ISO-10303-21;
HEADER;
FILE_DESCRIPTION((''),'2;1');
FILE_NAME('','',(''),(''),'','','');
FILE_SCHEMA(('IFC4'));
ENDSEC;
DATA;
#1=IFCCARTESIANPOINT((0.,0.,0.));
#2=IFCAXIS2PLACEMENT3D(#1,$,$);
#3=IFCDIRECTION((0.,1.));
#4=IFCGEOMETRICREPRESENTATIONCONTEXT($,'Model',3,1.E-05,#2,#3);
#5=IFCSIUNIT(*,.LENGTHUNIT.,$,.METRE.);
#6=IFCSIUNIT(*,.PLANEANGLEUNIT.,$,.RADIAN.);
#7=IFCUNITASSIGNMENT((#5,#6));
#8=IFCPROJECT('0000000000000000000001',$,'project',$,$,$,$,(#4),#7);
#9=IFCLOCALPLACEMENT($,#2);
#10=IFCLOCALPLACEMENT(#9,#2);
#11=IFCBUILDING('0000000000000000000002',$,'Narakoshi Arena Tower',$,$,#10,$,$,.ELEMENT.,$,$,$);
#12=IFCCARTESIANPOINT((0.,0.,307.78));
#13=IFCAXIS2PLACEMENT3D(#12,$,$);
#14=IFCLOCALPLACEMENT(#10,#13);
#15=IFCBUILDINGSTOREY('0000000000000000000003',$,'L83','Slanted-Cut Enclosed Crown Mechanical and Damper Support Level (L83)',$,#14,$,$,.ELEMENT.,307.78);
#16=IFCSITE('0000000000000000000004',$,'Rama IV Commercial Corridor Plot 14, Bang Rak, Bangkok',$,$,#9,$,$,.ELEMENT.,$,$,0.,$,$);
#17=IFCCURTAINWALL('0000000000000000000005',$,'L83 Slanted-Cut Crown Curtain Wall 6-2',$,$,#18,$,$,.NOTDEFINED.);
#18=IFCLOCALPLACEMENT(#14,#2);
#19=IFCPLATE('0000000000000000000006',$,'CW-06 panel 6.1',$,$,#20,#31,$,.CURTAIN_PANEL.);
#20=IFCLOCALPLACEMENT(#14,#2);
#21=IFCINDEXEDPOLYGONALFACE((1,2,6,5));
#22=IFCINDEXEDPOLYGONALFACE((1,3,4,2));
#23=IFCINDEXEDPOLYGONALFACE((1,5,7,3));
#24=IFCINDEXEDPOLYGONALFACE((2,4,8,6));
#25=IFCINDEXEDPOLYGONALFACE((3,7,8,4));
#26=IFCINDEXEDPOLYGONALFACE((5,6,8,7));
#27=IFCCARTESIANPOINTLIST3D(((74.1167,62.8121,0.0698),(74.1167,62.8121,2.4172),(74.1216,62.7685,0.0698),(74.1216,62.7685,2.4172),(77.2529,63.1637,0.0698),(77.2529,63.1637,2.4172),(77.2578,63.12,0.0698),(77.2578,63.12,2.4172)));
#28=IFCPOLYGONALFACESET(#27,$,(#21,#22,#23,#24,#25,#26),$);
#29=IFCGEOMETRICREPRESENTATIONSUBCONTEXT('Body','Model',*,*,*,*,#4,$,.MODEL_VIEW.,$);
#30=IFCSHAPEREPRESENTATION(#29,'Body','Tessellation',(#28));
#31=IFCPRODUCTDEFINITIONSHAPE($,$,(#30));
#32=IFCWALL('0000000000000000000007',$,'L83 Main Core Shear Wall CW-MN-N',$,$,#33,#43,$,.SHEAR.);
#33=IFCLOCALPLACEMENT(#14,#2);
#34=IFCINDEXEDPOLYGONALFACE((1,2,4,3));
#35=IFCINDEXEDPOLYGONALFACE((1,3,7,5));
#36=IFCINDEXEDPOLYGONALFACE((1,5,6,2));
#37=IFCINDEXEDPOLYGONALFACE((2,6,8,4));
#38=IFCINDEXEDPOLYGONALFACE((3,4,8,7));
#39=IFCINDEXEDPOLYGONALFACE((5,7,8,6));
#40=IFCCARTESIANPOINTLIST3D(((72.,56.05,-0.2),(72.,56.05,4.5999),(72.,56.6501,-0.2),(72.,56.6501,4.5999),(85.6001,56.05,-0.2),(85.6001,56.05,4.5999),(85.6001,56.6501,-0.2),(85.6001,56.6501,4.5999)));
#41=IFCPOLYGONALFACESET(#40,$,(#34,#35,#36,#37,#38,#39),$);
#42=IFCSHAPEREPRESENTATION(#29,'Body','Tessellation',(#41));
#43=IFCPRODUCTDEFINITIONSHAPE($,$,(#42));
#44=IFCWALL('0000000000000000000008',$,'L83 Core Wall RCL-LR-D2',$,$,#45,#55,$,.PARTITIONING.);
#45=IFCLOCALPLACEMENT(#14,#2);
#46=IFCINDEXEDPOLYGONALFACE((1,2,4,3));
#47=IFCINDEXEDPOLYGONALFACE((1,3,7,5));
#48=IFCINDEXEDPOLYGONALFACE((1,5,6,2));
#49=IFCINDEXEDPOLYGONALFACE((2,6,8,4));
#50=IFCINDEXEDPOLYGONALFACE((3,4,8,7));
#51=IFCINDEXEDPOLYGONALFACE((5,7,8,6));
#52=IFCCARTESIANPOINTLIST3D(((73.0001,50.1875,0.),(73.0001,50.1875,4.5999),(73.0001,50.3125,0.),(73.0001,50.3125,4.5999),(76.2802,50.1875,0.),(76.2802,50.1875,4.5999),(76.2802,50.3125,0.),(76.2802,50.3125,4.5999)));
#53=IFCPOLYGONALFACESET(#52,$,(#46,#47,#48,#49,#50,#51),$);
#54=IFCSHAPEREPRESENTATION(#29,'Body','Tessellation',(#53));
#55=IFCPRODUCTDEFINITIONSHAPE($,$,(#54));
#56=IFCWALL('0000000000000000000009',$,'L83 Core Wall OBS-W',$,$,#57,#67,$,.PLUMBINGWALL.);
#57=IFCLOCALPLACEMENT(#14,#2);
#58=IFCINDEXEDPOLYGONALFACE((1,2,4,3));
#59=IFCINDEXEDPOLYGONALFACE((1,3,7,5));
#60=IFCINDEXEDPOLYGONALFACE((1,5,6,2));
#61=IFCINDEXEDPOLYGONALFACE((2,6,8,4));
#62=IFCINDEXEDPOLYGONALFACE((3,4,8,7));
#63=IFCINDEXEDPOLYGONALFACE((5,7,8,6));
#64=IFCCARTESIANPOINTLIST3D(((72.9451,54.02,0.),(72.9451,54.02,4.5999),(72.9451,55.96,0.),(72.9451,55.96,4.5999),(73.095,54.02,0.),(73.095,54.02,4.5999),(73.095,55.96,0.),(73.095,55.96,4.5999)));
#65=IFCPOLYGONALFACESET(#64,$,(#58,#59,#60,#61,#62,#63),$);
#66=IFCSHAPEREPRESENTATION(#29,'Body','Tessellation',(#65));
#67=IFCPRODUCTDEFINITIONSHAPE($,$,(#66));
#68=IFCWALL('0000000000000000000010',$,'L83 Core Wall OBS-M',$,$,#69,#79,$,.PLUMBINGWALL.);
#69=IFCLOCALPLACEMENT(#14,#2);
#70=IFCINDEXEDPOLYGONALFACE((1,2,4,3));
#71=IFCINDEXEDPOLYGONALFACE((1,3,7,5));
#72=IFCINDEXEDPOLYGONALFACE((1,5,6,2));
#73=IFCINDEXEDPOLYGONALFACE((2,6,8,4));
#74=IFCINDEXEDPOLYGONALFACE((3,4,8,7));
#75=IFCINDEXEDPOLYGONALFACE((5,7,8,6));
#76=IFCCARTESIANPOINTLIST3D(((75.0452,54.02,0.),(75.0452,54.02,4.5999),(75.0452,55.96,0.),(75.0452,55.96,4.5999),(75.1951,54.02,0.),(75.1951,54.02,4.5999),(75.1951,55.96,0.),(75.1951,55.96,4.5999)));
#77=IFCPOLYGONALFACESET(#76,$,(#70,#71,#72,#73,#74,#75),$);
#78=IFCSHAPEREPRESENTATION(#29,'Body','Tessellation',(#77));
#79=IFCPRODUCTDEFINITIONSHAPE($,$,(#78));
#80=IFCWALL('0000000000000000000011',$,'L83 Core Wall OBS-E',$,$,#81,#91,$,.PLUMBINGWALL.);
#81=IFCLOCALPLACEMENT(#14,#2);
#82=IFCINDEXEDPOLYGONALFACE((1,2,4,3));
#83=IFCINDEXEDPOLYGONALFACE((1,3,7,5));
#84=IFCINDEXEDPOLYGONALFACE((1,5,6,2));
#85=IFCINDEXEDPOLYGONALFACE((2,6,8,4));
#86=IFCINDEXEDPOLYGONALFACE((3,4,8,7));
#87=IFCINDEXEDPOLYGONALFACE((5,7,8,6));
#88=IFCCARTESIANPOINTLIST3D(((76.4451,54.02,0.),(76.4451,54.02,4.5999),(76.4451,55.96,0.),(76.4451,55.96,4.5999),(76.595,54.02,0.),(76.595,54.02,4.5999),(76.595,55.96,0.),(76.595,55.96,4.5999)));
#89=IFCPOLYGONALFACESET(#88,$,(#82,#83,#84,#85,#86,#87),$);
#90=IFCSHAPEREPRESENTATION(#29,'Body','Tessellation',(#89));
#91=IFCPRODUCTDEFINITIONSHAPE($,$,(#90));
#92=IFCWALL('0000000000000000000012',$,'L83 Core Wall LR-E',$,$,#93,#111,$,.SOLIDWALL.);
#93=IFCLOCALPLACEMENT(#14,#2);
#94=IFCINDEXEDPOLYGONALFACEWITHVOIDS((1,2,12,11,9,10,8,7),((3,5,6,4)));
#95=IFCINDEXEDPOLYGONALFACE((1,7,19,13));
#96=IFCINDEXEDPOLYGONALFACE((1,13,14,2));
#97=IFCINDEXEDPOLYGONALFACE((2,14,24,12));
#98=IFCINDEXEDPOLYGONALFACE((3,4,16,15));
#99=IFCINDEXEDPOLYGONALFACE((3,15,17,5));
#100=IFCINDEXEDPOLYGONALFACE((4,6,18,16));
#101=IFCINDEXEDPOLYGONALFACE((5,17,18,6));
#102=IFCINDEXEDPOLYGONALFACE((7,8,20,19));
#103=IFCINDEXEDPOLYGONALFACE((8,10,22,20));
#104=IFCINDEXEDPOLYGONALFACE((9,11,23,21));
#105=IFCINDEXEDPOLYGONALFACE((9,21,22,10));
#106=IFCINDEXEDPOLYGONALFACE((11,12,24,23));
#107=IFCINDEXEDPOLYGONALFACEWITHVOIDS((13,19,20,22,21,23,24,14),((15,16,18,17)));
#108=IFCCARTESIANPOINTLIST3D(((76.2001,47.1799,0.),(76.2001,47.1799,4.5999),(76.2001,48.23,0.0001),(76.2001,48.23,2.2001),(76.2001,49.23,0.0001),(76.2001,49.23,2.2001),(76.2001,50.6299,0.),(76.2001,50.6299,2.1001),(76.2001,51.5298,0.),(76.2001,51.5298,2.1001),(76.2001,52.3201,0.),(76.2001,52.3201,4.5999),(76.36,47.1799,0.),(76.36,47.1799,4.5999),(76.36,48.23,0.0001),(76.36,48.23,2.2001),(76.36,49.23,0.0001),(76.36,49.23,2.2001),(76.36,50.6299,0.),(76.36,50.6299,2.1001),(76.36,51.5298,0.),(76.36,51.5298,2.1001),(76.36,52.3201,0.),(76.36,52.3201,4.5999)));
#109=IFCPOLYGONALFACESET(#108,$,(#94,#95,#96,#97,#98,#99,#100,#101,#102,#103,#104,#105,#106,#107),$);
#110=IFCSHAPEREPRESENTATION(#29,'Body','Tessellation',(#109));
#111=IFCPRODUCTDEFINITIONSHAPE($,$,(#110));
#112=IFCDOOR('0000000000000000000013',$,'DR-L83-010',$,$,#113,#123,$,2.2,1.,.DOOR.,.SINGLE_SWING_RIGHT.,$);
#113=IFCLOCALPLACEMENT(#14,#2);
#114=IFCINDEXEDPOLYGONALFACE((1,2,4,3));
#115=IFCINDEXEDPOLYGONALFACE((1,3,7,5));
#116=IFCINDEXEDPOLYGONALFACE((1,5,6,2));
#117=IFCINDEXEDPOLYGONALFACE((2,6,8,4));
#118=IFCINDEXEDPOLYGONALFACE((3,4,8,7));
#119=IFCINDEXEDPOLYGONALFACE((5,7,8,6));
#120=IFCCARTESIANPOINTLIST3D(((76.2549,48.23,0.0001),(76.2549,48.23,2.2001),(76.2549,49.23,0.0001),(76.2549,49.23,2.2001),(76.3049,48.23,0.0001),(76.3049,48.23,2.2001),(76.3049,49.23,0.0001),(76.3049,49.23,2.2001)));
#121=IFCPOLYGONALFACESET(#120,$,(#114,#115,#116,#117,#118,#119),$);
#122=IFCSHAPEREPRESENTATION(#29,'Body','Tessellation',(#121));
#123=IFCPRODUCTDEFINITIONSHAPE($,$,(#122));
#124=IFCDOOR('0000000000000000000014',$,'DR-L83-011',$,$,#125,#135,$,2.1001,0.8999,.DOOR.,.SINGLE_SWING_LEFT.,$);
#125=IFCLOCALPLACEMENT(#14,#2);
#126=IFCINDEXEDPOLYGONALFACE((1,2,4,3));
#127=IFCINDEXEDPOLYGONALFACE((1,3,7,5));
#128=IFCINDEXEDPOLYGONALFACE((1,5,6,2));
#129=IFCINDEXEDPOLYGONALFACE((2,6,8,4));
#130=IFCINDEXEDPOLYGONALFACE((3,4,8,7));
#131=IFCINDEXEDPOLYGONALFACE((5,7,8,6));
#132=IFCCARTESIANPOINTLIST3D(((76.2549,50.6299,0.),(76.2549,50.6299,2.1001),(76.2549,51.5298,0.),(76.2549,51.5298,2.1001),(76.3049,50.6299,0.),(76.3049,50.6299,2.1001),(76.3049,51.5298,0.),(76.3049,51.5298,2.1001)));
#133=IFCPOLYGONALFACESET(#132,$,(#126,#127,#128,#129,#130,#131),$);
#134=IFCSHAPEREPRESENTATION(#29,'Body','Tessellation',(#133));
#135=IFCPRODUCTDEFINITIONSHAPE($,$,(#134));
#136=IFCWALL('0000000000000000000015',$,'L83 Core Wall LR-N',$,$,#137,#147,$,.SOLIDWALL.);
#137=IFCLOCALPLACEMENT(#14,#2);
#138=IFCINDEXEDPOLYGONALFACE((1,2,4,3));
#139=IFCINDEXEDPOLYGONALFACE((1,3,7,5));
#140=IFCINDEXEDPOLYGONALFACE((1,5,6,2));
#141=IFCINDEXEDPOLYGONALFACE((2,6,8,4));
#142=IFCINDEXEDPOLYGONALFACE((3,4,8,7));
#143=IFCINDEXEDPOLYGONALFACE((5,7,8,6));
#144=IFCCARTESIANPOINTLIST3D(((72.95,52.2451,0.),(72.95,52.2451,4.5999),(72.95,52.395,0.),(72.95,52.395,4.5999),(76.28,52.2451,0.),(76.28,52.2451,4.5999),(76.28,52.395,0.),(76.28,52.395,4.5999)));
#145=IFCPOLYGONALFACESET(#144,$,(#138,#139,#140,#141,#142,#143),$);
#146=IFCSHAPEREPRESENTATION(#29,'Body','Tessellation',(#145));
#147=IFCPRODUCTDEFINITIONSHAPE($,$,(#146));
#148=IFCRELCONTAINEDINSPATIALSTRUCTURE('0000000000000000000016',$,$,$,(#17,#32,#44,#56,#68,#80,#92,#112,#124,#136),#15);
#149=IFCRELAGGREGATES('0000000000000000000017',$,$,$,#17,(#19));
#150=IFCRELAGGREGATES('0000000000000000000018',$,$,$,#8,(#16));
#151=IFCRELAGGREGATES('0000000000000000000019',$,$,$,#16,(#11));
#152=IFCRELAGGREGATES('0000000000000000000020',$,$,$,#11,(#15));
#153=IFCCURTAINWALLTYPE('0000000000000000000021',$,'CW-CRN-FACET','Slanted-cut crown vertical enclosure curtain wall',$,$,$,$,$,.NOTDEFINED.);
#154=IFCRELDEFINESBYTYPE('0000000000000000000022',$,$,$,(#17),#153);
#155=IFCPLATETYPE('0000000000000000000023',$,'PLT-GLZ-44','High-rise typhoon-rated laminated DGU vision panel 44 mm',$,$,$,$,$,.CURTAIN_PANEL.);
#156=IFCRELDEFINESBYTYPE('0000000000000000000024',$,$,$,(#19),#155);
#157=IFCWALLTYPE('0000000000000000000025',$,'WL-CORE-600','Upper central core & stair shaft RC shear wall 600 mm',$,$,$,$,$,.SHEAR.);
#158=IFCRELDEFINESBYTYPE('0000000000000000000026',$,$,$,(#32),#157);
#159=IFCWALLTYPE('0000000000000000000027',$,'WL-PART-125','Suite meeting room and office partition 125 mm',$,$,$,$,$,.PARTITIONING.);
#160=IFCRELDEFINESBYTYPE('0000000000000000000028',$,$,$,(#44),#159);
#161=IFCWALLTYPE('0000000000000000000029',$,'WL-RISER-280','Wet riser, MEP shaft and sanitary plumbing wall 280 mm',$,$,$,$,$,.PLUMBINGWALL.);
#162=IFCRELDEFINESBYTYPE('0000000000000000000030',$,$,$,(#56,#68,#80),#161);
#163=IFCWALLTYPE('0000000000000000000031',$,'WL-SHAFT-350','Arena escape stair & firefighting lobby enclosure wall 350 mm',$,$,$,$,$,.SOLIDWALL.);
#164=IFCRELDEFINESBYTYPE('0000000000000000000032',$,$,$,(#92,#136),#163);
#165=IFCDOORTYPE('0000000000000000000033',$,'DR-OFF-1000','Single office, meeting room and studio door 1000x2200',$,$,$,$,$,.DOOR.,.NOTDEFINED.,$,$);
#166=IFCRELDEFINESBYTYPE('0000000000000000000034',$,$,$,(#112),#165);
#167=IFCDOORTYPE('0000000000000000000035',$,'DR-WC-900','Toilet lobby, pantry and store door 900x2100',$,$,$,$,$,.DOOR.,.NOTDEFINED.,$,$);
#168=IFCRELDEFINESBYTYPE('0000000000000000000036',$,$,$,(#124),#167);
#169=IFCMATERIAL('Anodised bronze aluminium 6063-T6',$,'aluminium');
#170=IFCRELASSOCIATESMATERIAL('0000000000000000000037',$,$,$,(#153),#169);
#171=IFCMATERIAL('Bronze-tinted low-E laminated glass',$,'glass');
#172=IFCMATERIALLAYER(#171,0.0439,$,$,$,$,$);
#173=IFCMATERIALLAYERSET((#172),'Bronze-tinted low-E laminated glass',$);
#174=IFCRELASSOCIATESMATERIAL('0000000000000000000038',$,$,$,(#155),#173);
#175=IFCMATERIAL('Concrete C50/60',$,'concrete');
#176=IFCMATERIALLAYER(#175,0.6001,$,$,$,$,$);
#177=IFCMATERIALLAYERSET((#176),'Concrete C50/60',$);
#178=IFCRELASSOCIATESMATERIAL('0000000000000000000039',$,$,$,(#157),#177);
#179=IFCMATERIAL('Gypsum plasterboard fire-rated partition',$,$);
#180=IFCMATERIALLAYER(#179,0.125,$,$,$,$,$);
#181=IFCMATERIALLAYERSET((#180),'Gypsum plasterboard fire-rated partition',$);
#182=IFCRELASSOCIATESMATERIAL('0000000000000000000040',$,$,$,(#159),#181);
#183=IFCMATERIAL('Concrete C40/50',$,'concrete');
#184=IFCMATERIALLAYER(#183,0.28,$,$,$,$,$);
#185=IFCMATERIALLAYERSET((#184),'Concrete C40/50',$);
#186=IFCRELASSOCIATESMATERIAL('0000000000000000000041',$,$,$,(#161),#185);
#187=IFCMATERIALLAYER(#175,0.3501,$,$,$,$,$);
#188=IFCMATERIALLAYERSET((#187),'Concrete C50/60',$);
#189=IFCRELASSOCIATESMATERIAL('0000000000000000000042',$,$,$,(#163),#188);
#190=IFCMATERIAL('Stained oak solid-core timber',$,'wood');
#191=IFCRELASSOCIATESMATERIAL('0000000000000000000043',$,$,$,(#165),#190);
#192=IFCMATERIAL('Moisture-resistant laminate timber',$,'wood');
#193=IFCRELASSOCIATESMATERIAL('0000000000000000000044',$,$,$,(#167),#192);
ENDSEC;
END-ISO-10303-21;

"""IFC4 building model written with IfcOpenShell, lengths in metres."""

from ifc_helpers import new_model, si_unit, direction, frame, frame_2d, origin, origin_2d, place, context, subcontext, project, spatial, rectangle, extrude, material, layer, layer_set, type_object, element, fill, aggregate, save


model = new_model("IFC4")

# Units and contexts
model_context = context("Model", 3, precision=1e-05, world=origin(), true_north=direction((0.0, 1.0)))
body_context = subcontext(model_context, "Body", "Model", "MODEL_VIEW")
ifc_project = project(units=[si_unit("LENGTHUNIT", "METRE"), si_unit("PLANEANGLEUNIT", "RADIAN")], contexts=[model_context])

# Site, building, storey
site_placement = place(None, origin())
site = spatial("IfcSite", under=ifc_project, at=site_placement, Name="Rama IV Commercial Corridor Plot 14, Bang Rak, Bangkok", CompositionType="ELEMENT", RefElevation=0.0)
building_placement = place(site_placement, origin())
building = spatial("IfcBuilding", under=site, at=building_placement, Name="Narakoshi Arena Tower", CompositionType="ELEMENT")
storey_placement = place(building_placement, frame((0.0, 0.0, 307.78)))
storey = spatial("IfcBuildingStorey", under=building, at=storey_placement, Name="L83", Description="Slanted-Cut Enclosed Crown Mechanical and Damper Support Level (L83)", CompositionType="ELEMENT", Elevation=307.78)

# Curtain wall, plate
ifc_material_1 = material(Name="Anodised bronze aluminium 6063-T6", Category="aluminium")
curtain_wall_type = type_object("IfcCurtainWallType", Name="CW-CRN-FACET", Description="Slanted-cut crown vertical enclosure curtain wall", PredefinedType="NOTDEFINED", material=ifc_material_1)
curtain_wall_placement = place(storey_placement, origin())
curtain_wall = element("IfcCurtainWall", 1, at=curtain_wall_placement, inside=storey, type_object=curtain_wall_type, Name="L83 Slanted-Cut Crown Curtain Wall 6-2", PredefinedType="NOTDEFINED")
ifc_material_2 = material(Name="Bronze-tinted low-E laminated glass", Category="glass")
ifc_layer_1 = layer(ifc_material_2, 0.0439)
ifc_layer_set_1 = layer_set([ifc_layer_1], Name="Bronze-tinted low-E laminated glass")
plate_type = type_object("IfcPlateType", Name="PLT-GLZ-44", Description="High-rise typhoon-rated laminated DGU vision panel 44 mm", PredefinedType="CURTAIN_PANEL", material=ifc_layer_set_1)
plate_1_placement = place(storey_placement, frame((75.6873, 62.9661, 0.0698), z_axis=(0.0, 0.0, 1.0), x_axis=(0.993776, 0.111395, 0.0)))
plate_1 = element("IfcPlate", 2, at=plate_1_placement, type_object=plate_type, Name="CW-06 panel 6.1", PredefinedType="CURTAIN_PANEL", context=body_context, shape_type="SweptSolid", body=[
    extrude(rectangle(XDim=3.1558, YDim=0.0439, at=origin_2d()), origin(), (0.0, 0.0, 1.0), 2.3474),
])
aggregate(curtain_wall, [plate_1])

# Walls
ifc_material_3 = material(Name="Concrete C50/60", Category="concrete")
ifc_layer_2 = layer(ifc_material_3, 0.6001)
ifc_layer_set_2 = layer_set([ifc_layer_2], Name="Concrete C50/60")
wall_type_1 = type_object("IfcWallType", Name="WL-CORE-600", Description="Upper central core & stair shaft RC shear wall 600 mm", PredefinedType="SHEAR", material=ifc_layer_set_2)
wall_1_placement = place(storey_placement, frame((72.0, 56.3501, -0.2), z_axis=(0.0, 0.0, 1.0), x_axis=(1.0, 0.0, 0.0)))
element("IfcWall", 3, at=wall_1_placement, inside=storey, type_object=wall_type_1, Name="L83 Main Core Shear Wall CW-MN-N", PredefinedType="SHEAR", context=body_context, shape_type="SweptSolid", body=[
    extrude(rectangle(XDim=13.6001, YDim=0.6001, at=frame_2d((6.8, 0.0))), origin(), (0.0, 0.0, 1.0), 4.7998),
])
ifc_material_4 = material(Name="Gypsum plasterboard fire-rated partition")
ifc_layer_3 = layer(ifc_material_4, 0.125)
ifc_layer_set_3 = layer_set([ifc_layer_3], Name="Gypsum plasterboard fire-rated partition")
wall_type_2 = type_object("IfcWallType", Name="WL-PART-125", Description="Suite meeting room and office partition 125 mm", PredefinedType="PARTITIONING", material=ifc_layer_set_3)
wall_2_placement = place(storey_placement, frame((73.0, 50.25, 0.0), z_axis=(0.0, 0.0, 1.0), x_axis=(1.0, 0.0, 0.0)))
element("IfcWall", 4, at=wall_2_placement, inside=storey, type_object=wall_type_2, Name="L83 Core Wall RCL-LR-D2", PredefinedType="PARTITIONING", context=body_context, shape_type="SweptSolid", body=[
    extrude(rectangle(XDim=3.28, YDim=0.125, at=frame_2d((1.6401, 0.0))), origin(), (0.0, 0.0, 1.0), 4.5999),
])
ifc_material_5 = material(Name="Concrete C40/50", Category="concrete")
ifc_layer_4 = layer(ifc_material_5, 0.28)
ifc_layer_set_4 = layer_set([ifc_layer_4], Name="Concrete C40/50")
wall_type_3 = type_object("IfcWallType", Name="WL-RISER-280", Description="Wet riser, MEP shaft and sanitary plumbing wall 280 mm", PredefinedType="PLUMBINGWALL", material=ifc_layer_set_4)
for number, where, z_axis, x_axis, name in (
    (5, (73.02, 54.02, 0.0), (0.0, 0.0, 1.0), (0.0, 1.0, 0.0), "L83 Core Wall OBS-W"),
    (6, (75.1201, 54.02, 0.0), (0.0, 0.0, 1.0), (0.0, 1.0, 0.0), "L83 Core Wall OBS-M"),
    (7, (76.52, 54.02, 0.0), (0.0, 0.0, 1.0), (0.0, 1.0, 0.0), "L83 Core Wall OBS-E"),
):
    element("IfcWall", number, at=place(storey_placement, frame(where, z_axis=z_axis, x_axis=x_axis)), inside=storey, type_object=wall_type_3, Name=name, PredefinedType="PLUMBINGWALL", context=body_context, shape_type="SweptSolid", body=[
        extrude(rectangle(XDim=1.9399, YDim=0.1499, at=frame_2d((0.97, 0.0))), origin(), (0.0, 0.0, 1.0), 4.5999),
    ])

# Wall, openings, doors
ifc_layer_5 = layer(ifc_material_3, 0.3501)
ifc_layer_set_5 = layer_set([ifc_layer_5], Name="Concrete C50/60")
wall_type_4 = type_object("IfcWallType", Name="WL-SHAFT-350", Description="Arena escape stair & firefighting lobby enclosure wall 350 mm", PredefinedType="SOLIDWALL", material=ifc_layer_set_5)
wall_3_placement = place(storey_placement, frame((76.28, 47.1799, 0.0), z_axis=(0.0, 0.0, 1.0), x_axis=(0.0, 1.0, 0.0)))
wall_3 = element("IfcWall", 8, at=wall_3_placement, inside=storey, type_object=wall_type_4, Name="L83 Core Wall LR-E", PredefinedType="SOLIDWALL", context=body_context, shape_type="SweptSolid", body=[
    extrude(rectangle(XDim=5.1401, YDim=0.1599, at=frame_2d((2.5701, 0.0))), origin(), (0.0, 0.0, 1.0), 4.5999),
])
opening_1_placement = place(wall_3_placement, frame((1.05, 0.0, 0.0)))
opening_1 = element("IfcOpeningElement", 9, at=opening_1_placement, cuts=wall_3, PredefinedType="OPENING", context=body_context, shape_type="SweptSolid", body=[
    extrude(rectangle(XDim=1.0, YDim=2.2, at=frame_2d((0.5, 1.1001))), frame((0.0, 0.0898, 0.0), z_axis=(0.0, -1.0, 0.0), x_axis=(1.0, 0.0, 0.0)), (0.0, 0.0, 1.0), 0.1799),
])
opening_2_placement = place(wall_3_placement, frame((3.45, 0.0, 0.0)))
opening_2 = element("IfcOpeningElement", 10, at=opening_2_placement, cuts=wall_3, PredefinedType="OPENING", context=body_context, shape_type="SweptSolid", body=[
    extrude(rectangle(XDim=0.8999, YDim=2.1001, at=frame_2d((0.45, 1.05))), frame((0.0, 0.0898, 0.0), z_axis=(0.0, -1.0, 0.0), x_axis=(1.0, 0.0, 0.0)), (0.0, 0.0, 1.0), 0.1799),
])
ifc_material_6 = material(Name="Stained oak solid-core timber", Category="wood")
door_type_1 = type_object("IfcDoorType", Name="DR-OFF-1000", Description="Single office, meeting room and studio door 1000x2200", OperationType="NOTDEFINED", PredefinedType="DOOR", material=ifc_material_6)
door_1_placement = place(opening_1_placement, frame((1.0, 0.0, 0.0), z_axis=(0.0, 0.0, 1.0), x_axis=(-1.0, 0.0, 0.0)))
door_1 = element("IfcDoor", 11, at=door_1_placement, inside=storey, type_object=door_type_1, Name="DR-L83-010", OperationType="SINGLE_SWING_RIGHT", OverallHeight=2.2, OverallWidth=1.0, PredefinedType="DOOR", context=body_context, shape_type="SweptSolid", body=[
    extrude(rectangle(XDim=1.0, YDim=2.2, at=frame_2d((0.5, 1.1001))), frame((0.0, 0.0249, 0.0), z_axis=(0.0, -1.0, 0.0), x_axis=(1.0, 0.0, 0.0)), (0.0, 0.0, 1.0), 0.05),
])
fill(opening_1, door_1)
ifc_material_7 = material(Name="Moisture-resistant laminate timber", Category="wood")
door_type_2 = type_object("IfcDoorType", Name="DR-WC-900", Description="Toilet lobby, pantry and store door 900x2100", OperationType="NOTDEFINED", PredefinedType="DOOR", material=ifc_material_7)
door_2_placement = place(opening_2_placement, frame((0.8999, 0.0, 0.0), z_axis=(0.0, 0.0, 1.0), x_axis=(-1.0, 0.0, 0.0)))
door_2 = element("IfcDoor", 12, at=door_2_placement, inside=storey, type_object=door_type_2, Name="DR-L83-011", OperationType="SINGLE_SWING_LEFT", OverallHeight=2.1001, OverallWidth=0.8999, PredefinedType="DOOR", context=body_context, shape_type="SweptSolid", body=[
    extrude(rectangle(XDim=0.8999, YDim=2.1001, at=frame_2d((0.45, 1.05))), frame((0.0, 0.0249, 0.0), z_axis=(0.0, -1.0, 0.0), x_axis=(1.0, 0.0, 0.0)), (0.0, 0.0, 1.0), 0.05),
])
fill(opening_2, door_2)

# Wall
wall_4_placement = place(storey_placement, frame((72.95, 52.3201, 0.0), z_axis=(0.0, 0.0, 1.0), x_axis=(1.0, 0.0, 0.0)))
element("IfcWall", 13, at=wall_4_placement, inside=storey, type_object=wall_type_4, Name="L83 Core Wall LR-N", PredefinedType="SOLIDWALL", context=body_context, shape_type="SweptSolid", body=[
    extrude(rectangle(XDim=3.3301, YDim=0.1499, at=frame_2d((1.665, 0.0))), origin(), (0.0, 0.0, 1.0), 4.5999),
])

save(model, "model.ifc")
